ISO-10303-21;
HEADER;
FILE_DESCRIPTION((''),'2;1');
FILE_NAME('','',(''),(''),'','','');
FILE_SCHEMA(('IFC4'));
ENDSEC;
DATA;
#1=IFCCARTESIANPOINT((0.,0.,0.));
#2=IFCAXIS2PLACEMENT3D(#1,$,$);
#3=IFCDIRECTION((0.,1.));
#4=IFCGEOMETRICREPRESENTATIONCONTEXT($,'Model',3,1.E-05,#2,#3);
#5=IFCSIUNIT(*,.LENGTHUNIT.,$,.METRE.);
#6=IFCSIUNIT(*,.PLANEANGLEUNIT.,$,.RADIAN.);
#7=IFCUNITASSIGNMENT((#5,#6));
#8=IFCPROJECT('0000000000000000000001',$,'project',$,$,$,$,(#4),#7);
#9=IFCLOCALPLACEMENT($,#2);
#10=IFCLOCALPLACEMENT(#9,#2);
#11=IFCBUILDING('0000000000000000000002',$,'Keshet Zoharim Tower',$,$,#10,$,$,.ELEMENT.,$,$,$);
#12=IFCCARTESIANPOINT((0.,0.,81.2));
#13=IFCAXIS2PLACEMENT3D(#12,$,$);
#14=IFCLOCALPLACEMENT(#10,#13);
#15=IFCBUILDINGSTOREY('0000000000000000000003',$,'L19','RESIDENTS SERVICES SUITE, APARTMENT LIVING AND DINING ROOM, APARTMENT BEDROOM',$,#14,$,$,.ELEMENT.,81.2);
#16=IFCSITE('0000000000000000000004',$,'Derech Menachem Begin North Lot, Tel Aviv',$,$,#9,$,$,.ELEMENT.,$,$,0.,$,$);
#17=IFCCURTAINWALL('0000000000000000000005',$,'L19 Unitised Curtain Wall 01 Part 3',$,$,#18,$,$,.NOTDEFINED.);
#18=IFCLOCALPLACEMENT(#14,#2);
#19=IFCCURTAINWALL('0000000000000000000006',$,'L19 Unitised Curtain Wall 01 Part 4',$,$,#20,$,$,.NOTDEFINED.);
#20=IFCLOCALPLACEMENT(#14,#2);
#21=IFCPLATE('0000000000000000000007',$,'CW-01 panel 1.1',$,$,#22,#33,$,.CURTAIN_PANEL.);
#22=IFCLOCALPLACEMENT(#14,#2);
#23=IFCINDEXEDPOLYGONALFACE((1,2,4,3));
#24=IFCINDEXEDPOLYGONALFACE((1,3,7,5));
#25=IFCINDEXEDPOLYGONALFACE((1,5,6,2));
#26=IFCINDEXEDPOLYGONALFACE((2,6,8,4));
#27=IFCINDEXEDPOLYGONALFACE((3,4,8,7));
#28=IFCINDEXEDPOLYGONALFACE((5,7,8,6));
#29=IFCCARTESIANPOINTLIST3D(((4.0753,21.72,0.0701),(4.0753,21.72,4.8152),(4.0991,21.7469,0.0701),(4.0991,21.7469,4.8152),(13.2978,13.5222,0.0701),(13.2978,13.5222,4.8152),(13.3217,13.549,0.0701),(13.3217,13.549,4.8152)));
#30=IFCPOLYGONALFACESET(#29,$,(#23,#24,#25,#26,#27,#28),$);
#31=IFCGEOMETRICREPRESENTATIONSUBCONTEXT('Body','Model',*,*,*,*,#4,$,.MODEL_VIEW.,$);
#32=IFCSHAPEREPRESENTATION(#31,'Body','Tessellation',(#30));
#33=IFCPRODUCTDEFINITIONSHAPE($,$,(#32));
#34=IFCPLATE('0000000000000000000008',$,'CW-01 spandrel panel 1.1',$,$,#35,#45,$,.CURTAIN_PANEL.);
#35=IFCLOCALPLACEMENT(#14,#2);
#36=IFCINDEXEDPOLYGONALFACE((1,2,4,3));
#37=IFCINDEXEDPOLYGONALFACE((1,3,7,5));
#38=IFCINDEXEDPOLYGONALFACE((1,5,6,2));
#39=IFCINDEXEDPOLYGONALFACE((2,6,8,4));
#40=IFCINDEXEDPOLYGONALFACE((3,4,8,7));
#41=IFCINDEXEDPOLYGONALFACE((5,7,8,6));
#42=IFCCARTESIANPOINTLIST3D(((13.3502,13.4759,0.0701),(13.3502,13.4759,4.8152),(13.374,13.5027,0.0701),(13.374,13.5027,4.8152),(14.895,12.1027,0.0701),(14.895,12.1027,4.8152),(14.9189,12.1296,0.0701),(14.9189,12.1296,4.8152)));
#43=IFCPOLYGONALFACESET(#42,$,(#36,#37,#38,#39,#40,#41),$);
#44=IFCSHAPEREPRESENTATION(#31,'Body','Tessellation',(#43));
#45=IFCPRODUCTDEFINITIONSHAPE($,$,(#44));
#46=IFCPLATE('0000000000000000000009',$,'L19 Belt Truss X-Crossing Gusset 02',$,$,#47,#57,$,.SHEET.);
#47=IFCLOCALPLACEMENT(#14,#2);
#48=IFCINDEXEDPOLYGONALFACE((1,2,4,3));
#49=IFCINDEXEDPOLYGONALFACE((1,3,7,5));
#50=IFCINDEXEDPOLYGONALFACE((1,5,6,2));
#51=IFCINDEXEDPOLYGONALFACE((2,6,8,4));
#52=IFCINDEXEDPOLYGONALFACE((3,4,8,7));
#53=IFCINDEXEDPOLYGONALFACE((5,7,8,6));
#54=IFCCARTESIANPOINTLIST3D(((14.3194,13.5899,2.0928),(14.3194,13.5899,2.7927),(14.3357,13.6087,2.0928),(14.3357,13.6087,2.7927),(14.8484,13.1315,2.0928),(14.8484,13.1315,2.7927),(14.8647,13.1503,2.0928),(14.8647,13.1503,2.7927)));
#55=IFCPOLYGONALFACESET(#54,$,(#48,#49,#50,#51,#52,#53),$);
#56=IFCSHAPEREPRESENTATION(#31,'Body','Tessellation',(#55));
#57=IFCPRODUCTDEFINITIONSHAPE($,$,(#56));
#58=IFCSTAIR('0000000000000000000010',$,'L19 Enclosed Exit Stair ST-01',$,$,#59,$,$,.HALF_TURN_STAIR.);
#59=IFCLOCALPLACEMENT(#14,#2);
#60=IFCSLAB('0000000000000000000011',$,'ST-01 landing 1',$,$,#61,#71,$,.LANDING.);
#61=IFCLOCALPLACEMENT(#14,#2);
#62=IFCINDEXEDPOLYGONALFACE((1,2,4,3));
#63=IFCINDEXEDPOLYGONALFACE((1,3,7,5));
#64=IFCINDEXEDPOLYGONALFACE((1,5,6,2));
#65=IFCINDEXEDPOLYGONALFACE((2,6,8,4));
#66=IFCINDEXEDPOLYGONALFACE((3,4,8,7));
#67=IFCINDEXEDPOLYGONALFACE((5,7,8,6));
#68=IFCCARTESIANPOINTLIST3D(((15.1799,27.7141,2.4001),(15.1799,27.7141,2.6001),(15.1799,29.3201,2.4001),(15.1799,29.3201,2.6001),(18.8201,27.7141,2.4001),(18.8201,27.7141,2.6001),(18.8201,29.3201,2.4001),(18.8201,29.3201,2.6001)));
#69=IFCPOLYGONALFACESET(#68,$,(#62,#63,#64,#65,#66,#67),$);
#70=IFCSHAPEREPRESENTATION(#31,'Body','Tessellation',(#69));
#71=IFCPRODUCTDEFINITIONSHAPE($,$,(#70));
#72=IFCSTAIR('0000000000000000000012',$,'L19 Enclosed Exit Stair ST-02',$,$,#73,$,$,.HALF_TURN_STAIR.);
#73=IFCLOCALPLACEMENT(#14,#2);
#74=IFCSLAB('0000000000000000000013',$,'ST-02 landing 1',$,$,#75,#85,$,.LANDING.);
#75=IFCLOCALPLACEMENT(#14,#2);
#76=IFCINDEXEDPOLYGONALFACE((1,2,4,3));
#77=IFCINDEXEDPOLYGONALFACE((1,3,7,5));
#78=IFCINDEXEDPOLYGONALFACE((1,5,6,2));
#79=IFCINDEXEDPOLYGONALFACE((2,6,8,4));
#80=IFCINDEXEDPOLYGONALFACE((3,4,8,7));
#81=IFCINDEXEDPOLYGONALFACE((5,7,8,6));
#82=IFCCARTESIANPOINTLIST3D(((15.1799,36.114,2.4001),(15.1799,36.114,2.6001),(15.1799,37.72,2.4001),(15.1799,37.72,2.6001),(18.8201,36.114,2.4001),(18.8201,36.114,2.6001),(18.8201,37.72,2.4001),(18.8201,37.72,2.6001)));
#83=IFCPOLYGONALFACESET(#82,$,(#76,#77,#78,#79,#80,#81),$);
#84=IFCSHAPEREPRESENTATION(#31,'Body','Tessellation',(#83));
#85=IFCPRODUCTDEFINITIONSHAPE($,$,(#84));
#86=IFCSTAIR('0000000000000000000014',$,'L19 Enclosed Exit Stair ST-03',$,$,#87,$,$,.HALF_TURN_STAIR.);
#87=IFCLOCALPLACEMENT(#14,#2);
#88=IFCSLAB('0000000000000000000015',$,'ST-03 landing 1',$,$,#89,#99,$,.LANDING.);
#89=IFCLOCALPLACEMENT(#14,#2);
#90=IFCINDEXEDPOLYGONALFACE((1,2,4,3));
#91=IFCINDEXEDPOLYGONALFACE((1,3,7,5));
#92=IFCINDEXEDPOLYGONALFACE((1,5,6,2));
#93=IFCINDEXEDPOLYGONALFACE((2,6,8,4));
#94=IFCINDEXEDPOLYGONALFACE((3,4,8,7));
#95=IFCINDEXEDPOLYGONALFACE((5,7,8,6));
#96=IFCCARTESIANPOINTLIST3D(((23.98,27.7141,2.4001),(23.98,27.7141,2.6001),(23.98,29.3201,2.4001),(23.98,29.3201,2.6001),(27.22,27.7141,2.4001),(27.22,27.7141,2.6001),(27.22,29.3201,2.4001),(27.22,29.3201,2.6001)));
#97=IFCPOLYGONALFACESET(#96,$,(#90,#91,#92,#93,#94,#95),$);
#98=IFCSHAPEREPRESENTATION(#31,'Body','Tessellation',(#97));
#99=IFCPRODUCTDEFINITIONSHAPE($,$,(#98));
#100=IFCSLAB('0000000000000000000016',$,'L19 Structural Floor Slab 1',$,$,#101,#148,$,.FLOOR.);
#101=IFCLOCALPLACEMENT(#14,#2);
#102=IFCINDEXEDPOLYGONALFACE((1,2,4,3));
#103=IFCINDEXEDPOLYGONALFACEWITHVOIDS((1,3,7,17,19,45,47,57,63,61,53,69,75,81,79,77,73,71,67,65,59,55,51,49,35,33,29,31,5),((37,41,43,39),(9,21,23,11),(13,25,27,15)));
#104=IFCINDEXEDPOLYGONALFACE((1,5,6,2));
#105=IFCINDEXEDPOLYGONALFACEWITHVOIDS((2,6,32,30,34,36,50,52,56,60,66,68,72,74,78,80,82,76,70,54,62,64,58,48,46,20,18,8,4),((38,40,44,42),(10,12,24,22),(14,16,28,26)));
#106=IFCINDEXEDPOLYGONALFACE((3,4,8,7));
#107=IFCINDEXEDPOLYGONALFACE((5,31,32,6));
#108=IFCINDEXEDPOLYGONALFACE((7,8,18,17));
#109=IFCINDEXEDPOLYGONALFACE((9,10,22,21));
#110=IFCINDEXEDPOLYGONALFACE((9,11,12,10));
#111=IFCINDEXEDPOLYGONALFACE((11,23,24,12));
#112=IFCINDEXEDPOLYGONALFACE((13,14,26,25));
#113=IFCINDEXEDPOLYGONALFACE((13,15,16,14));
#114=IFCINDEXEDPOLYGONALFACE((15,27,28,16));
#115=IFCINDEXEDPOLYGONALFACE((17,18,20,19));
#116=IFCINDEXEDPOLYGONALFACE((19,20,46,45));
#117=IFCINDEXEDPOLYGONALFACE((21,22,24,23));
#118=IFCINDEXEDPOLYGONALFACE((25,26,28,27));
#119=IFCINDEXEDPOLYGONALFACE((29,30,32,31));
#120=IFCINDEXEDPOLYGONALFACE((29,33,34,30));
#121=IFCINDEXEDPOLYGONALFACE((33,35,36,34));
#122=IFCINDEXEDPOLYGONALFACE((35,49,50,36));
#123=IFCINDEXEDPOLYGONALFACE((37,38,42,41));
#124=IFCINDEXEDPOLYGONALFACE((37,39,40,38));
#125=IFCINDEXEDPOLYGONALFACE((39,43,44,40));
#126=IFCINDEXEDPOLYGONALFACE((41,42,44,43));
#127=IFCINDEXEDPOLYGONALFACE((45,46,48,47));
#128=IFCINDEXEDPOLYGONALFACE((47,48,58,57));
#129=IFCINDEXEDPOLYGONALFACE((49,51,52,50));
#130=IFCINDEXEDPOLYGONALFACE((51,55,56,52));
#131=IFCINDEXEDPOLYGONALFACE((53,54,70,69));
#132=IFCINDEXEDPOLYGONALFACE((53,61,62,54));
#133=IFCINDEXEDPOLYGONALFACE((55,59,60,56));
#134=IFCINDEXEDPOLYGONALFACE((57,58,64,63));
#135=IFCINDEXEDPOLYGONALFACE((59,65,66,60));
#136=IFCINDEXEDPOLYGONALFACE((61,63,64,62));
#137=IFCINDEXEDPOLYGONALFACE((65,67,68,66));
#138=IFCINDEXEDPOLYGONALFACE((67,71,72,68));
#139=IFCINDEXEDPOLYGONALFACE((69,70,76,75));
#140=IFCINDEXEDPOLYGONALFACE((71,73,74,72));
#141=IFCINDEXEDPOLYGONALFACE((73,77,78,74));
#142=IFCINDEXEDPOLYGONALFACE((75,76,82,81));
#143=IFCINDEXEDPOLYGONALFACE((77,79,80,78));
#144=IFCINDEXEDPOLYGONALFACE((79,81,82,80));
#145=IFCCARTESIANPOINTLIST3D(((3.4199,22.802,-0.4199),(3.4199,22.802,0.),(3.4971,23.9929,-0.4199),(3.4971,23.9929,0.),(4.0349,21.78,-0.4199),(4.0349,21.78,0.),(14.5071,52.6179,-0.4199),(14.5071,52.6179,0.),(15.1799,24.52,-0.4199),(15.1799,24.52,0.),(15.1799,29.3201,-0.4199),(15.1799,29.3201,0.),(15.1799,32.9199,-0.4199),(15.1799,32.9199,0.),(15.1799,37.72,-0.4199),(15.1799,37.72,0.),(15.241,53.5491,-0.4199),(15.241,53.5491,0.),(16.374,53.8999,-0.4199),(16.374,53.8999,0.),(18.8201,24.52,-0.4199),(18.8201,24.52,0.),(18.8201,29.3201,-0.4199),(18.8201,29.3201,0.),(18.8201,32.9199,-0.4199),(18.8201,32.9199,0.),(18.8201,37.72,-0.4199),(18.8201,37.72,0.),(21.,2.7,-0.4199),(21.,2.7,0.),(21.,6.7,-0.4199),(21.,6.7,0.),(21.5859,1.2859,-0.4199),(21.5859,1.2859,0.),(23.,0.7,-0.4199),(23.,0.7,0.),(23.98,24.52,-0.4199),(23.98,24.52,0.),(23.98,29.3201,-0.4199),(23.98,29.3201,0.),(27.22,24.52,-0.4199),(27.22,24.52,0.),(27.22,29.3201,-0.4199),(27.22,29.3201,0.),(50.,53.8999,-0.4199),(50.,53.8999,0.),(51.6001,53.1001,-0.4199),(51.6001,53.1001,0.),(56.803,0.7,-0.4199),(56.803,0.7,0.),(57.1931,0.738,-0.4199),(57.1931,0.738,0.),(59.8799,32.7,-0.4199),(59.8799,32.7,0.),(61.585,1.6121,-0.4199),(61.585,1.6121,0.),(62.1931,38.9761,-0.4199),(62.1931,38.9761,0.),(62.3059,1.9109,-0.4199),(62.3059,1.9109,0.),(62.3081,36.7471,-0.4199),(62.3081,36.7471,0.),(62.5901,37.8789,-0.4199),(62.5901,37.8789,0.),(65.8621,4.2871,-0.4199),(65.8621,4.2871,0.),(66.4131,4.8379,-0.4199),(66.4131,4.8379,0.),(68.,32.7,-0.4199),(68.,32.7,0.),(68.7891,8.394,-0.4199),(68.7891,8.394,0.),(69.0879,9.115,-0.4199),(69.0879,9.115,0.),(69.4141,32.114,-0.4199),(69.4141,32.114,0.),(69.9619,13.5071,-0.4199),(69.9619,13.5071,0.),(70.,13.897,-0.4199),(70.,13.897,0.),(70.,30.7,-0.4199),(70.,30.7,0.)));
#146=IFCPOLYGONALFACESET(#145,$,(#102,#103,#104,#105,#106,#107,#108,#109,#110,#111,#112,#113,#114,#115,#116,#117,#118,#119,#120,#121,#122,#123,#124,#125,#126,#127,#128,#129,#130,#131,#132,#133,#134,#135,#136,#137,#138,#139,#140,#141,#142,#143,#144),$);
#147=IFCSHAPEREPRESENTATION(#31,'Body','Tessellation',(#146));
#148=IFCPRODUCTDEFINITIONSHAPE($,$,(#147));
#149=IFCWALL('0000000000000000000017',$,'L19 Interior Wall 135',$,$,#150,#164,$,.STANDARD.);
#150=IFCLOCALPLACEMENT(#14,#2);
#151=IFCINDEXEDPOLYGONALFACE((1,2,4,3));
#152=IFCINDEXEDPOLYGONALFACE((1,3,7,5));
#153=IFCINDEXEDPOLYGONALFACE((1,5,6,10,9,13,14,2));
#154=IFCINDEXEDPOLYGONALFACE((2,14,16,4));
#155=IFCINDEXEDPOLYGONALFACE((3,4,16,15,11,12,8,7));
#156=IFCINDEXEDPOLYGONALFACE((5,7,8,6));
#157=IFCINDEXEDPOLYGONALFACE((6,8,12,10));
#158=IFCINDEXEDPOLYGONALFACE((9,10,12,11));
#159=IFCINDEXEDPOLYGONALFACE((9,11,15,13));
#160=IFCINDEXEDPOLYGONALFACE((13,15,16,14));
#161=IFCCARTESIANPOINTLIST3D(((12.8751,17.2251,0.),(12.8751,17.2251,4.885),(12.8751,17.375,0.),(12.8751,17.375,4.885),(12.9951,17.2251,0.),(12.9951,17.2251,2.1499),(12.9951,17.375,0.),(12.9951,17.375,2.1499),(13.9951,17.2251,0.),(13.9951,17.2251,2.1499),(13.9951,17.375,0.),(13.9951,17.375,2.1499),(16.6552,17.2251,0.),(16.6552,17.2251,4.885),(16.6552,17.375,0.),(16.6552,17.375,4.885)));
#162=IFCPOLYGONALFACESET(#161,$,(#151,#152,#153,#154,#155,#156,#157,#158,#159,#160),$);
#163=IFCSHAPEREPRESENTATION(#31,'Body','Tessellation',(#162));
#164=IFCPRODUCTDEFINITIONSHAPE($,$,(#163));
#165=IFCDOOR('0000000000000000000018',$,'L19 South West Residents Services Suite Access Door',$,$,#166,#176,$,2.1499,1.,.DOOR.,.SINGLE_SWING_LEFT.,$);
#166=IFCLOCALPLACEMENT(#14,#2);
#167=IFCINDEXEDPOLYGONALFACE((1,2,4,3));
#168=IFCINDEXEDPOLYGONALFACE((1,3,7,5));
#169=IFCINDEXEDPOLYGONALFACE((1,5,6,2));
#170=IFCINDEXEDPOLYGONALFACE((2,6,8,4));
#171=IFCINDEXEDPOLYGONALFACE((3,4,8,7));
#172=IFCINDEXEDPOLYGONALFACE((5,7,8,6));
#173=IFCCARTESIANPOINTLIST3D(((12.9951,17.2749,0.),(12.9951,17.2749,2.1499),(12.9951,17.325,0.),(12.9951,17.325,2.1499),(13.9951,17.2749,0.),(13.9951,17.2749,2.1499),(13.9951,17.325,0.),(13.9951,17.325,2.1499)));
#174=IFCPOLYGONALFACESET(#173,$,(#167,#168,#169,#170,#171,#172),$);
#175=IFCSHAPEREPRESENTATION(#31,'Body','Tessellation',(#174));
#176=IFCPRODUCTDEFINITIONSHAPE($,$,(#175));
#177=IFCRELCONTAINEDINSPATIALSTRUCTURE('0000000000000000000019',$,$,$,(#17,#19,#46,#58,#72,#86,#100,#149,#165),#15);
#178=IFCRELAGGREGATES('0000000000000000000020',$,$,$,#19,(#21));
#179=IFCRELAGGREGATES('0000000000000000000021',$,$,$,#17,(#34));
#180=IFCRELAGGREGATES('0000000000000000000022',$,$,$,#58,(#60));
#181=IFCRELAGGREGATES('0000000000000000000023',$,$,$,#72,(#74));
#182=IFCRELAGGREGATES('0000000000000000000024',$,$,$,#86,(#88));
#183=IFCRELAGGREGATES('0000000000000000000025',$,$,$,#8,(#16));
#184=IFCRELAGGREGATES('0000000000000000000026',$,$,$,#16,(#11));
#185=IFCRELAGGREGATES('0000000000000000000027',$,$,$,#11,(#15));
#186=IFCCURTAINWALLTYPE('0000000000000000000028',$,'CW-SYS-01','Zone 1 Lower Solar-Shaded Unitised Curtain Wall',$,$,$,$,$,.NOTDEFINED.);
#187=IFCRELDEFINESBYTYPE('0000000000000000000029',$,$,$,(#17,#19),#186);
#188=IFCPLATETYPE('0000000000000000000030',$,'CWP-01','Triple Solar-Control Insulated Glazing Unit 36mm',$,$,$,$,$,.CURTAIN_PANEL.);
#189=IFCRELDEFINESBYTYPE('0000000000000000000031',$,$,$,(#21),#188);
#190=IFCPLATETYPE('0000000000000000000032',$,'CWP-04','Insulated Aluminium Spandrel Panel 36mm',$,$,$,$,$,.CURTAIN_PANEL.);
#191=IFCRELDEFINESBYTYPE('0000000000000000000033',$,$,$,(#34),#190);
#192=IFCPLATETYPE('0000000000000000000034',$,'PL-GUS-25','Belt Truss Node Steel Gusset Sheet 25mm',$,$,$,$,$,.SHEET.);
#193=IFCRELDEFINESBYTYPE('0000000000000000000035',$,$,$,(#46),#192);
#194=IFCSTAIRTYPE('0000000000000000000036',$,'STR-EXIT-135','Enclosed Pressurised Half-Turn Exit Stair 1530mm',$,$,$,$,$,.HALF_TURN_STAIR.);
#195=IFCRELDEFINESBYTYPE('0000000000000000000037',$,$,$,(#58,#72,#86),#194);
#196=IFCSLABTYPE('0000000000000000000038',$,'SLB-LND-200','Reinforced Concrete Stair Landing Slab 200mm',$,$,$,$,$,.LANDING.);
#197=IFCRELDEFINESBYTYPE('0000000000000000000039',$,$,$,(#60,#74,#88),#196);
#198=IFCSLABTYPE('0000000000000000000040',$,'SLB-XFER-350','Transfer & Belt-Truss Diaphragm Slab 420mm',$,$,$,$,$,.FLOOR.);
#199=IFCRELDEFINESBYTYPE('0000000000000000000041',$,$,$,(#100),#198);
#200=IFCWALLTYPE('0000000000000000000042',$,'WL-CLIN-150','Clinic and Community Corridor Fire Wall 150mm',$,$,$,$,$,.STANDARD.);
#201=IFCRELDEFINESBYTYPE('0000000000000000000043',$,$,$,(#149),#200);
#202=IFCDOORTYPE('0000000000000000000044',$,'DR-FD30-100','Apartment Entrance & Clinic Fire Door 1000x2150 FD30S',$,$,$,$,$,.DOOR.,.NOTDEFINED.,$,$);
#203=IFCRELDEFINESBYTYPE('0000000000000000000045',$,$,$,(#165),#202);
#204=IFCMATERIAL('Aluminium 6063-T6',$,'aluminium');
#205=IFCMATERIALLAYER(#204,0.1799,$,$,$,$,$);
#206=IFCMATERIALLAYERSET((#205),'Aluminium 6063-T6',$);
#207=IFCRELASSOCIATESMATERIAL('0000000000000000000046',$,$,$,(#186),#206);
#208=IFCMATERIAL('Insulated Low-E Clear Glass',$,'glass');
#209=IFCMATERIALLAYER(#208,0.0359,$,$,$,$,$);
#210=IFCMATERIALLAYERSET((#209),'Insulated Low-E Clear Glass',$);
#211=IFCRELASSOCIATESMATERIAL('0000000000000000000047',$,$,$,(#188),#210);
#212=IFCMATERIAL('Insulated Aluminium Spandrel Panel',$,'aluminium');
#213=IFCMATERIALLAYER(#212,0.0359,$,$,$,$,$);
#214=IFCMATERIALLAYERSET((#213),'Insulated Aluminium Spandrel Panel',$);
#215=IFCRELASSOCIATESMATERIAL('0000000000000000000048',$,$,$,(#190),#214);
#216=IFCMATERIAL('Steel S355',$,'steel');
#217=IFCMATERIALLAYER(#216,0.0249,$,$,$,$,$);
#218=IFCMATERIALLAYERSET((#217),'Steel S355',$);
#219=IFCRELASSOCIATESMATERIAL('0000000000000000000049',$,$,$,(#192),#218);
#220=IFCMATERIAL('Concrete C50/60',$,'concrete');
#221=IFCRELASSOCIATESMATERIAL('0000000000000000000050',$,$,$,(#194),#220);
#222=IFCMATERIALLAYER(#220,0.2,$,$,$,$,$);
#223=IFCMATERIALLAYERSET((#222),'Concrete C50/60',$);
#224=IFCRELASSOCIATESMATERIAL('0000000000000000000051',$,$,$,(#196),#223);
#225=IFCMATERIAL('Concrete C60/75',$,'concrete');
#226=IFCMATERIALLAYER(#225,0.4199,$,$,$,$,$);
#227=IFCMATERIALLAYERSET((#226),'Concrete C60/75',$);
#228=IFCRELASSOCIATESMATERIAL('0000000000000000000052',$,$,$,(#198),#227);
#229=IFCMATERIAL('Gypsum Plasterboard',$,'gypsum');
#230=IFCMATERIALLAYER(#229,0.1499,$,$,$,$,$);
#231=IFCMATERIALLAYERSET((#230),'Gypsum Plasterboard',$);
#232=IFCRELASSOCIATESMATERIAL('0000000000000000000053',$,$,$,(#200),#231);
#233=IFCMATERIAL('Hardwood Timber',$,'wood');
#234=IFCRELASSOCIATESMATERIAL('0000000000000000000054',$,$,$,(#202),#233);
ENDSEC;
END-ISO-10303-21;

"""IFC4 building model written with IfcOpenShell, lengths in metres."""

from ifc_helpers import new_model, si_unit, direction, frame, frame_2d, origin, origin_2d, place, context, subcontext, project, spatial, polyline, rectangle, outline, extrude, material, layer, layer_set, type_object, element, fill, aggregate, save


model = new_model("IFC4")

# Units and contexts
model_context = context("Model", 3, precision=1e-05, world=origin(), true_north=direction((0.0, 1.0)))
body_context = subcontext(model_context, "Body", "Model", "MODEL_VIEW")
ifc_project = project(units=[si_unit("LENGTHUNIT", "METRE"), si_unit("PLANEANGLEUNIT", "RADIAN")], contexts=[model_context])

# Site, building, storey
site_placement = place(None, origin())
site = spatial("IfcSite", under=ifc_project, at=site_placement, Name="Derech Menachem Begin North Lot, Tel Aviv", CompositionType="ELEMENT", RefElevation=0.0)
building_placement = place(site_placement, origin())
building = spatial("IfcBuilding", under=site, at=building_placement, Name="Keshet Zoharim Tower", CompositionType="ELEMENT")
storey_placement = place(building_placement, frame((0.0, 0.0, 81.2)))
storey = spatial("IfcBuildingStorey", under=building, at=storey_placement, Name="L19", Description="RESIDENTS SERVICES SUITE, APARTMENT LIVING AND DINING ROOM, APARTMENT BEDROOM", CompositionType="ELEMENT", Elevation=81.2)

# Shared definitions
ifc_material_1 = material(Name="Steel S355", Category="steel")

# Shared definitions
ifc_material_2 = material(Name="Aluminium 6063-T6", Category="aluminium")
ifc_layer_1 = layer(ifc_material_2, 0.1799)
ifc_layer_set_1 = layer_set([ifc_layer_1], Name="Aluminium 6063-T6")
curtain_wall_type = type_object("IfcCurtainWallType", Name="CW-SYS-01", Description="Zone 1 Lower Solar-Shaded Unitised Curtain Wall", PredefinedType="NOTDEFINED", material=ifc_layer_set_1)

# Curtain walls
curtain_wall_1_placement = place(storey_placement, origin())
curtain_wall_1 = element("IfcCurtainWall", 1, at=curtain_wall_1_placement, inside=storey, type_object=curtain_wall_type, Name="L19 Unitised Curtain Wall 01 Part 3", PredefinedType="NOTDEFINED")
curtain_wall_2_placement = place(storey_placement, origin())
curtain_wall_2 = element("IfcCurtainWall", 2, at=curtain_wall_2_placement, inside=storey, type_object=curtain_wall_type, Name="L19 Unitised Curtain Wall 01 Part 4", PredefinedType="NOTDEFINED")

# Plates
ifc_material_3 = material(Name="Insulated Low-E Clear Glass", Category="glass")
ifc_layer_2 = layer(ifc_material_3, 0.0359)
ifc_layer_set_2 = layer_set([ifc_layer_2], Name="Insulated Low-E Clear Glass")
plate_type_1 = type_object("IfcPlateType", Name="CWP-01", Description="Triple Solar-Control Insulated Glazing Unit 36mm", PredefinedType="CURTAIN_PANEL", material=ifc_layer_set_2)
plate_1_placement = place(storey_placement, frame((8.6985, 17.6345, 0.0701), z_axis=(0.0, 0.0, 1.0), x_axis=(-0.747408, 0.664365, 0.0)))
plate_1 = element("IfcPlate", 3, at=plate_1_placement, type_object=plate_type_1, Name="CW-01 panel 1.1", PredefinedType="CURTAIN_PANEL", context=body_context, shape_type="SweptSolid", body=[
    extrude(rectangle(XDim=12.3394, YDim=0.0359, at=origin_2d()), origin(), (0.0, 0.0, 1.0), 4.7451),
])
aggregate(curtain_wall_2, [plate_1])
ifc_material_4 = material(Name="Insulated Aluminium Spandrel Panel", Category="aluminium")
ifc_layer_3 = layer(ifc_material_4, 0.0359)
ifc_layer_set_3 = layer_set([ifc_layer_3], Name="Insulated Aluminium Spandrel Panel")
plate_type_2 = type_object("IfcPlateType", Name="CWP-04", Description="Insulated Aluminium Spandrel Panel 36mm", PredefinedType="CURTAIN_PANEL", material=ifc_layer_set_3)
plate_2_placement = place(storey_placement, frame((14.1345, 12.8027, 0.0701), z_axis=(0.0, 0.0, 1.0), x_axis=(-0.74742, 0.664352, 0.0)))
plate_2 = element("IfcPlate", 4, at=plate_2_placement, type_object=plate_type_2, Name="CW-01 spandrel panel 1.1", PredefinedType="CURTAIN_PANEL", context=body_context, shape_type="SweptSolid", body=[
    extrude(rectangle(XDim=2.0669, YDim=0.0359, at=origin_2d()), origin(), (0.0, 0.0, 1.0), 4.7451),
])
aggregate(curtain_wall_1, [plate_2])
ifc_layer_4 = layer(ifc_material_1, 0.0249)
ifc_layer_set_4 = layer_set([ifc_layer_4], Name="Steel S355")
plate_type_3 = type_object("IfcPlateType", Name="PL-GUS-25", Description="Belt Truss Node Steel Gusset Sheet 25mm", PredefinedType="SHEET", material=ifc_layer_set_4)
plate_3_placement = place(storey_placement, frame((14.592, 13.3701, 2.0928), z_axis=(0.0, 0.0, 1.0), x_axis=(-0.755689, 0.654931, 0.0)))
element("IfcPlate", 5, at=plate_3_placement, inside=storey, type_object=plate_type_3, Name="L19 Belt Truss X-Crossing Gusset 02", PredefinedType="SHEET", context=body_context, shape_type="SweptSolid", body=[
    extrude(rectangle(XDim=0.7, YDim=0.0249, at=origin_2d()), origin(), (0.0, 0.0, 1.0), 0.7),
])

# Stairs, slabs
ifc_material_5 = material(Name="Concrete C50/60", Category="concrete")
stair_type = type_object("IfcStairType", Name="STR-EXIT-135", Description="Enclosed Pressurised Half-Turn Exit Stair 1530mm", PredefinedType="HALF_TURN_STAIR", material=ifc_material_5)
stair_1_placement = place(storey_placement, origin())
stair_1 = element("IfcStair", 6, at=stair_1_placement, inside=storey, type_object=stair_type, Name="L19 Enclosed Exit Stair ST-01", PredefinedType="HALF_TURN_STAIR")
ifc_layer_5 = layer(ifc_material_5, 0.2)
ifc_layer_set_5 = layer_set([ifc_layer_5], Name="Concrete C50/60")
slab_type_1 = type_object("IfcSlabType", Name="SLB-LND-200", Description="Reinforced Concrete Stair Landing Slab 200mm", PredefinedType="LANDING", material=ifc_layer_set_5)
slab_1_placement = place(storey_placement, frame((0.0, 0.0, 2.4001)))
slab_1 = element("IfcSlab", 7, at=slab_1_placement, type_object=slab_type_1, Name="ST-01 landing 1", PredefinedType="LANDING", context=body_context, shape_type="SweptSolid", body=[
    extrude(outline(polyline([(15.1799, 27.7141), (18.8201, 27.7141), (18.8201, 29.3201), (15.1799, 29.3201), (15.1799, 27.7141)])), origin(), (0.0, 0.0, 1.0), 0.2),
])
aggregate(stair_1, [slab_1])
stair_2_placement = place(storey_placement, origin())
stair_2 = element("IfcStair", 8, at=stair_2_placement, inside=storey, type_object=stair_type, Name="L19 Enclosed Exit Stair ST-02", PredefinedType="HALF_TURN_STAIR")
slab_2_placement = place(storey_placement, frame((0.0, 0.0, 2.4001)))
slab_2 = element("IfcSlab", 9, at=slab_2_placement, type_object=slab_type_1, Name="ST-02 landing 1", PredefinedType="LANDING", context=body_context, shape_type="SweptSolid", body=[
    extrude(outline(polyline([(15.1799, 36.114), (18.8201, 36.114), (18.8201, 37.72), (15.1799, 37.72), (15.1799, 36.114)])), origin(), (0.0, 0.0, 1.0), 0.2),
])
aggregate(stair_2, [slab_2])
stair_3_placement = place(storey_placement, origin())
stair_3 = element("IfcStair", 10, at=stair_3_placement, inside=storey, type_object=stair_type, Name="L19 Enclosed Exit Stair ST-03", PredefinedType="HALF_TURN_STAIR")
slab_3_placement = place(storey_placement, frame((0.0, 0.0, 2.4001)))
slab_3 = element("IfcSlab", 11, at=slab_3_placement, type_object=slab_type_1, Name="ST-03 landing 1", PredefinedType="LANDING", context=body_context, shape_type="SweptSolid", body=[
    extrude(outline(polyline([(23.98, 27.7141), (27.22, 27.7141), (27.22, 29.3201), (23.98, 29.3201), (23.98, 27.7141)])), origin(), (0.0, 0.0, 1.0), 0.2),
])
aggregate(stair_3, [slab_3])

# Slab
ifc_material_6 = material(Name="Concrete C60/75", Category="concrete")
ifc_layer_6 = layer(ifc_material_6, 0.4199)
ifc_layer_set_6 = layer_set([ifc_layer_6], Name="Concrete C60/75")
slab_type_2 = type_object("IfcSlabType", Name="SLB-XFER-350", Description="Transfer & Belt-Truss Diaphragm Slab 420mm", PredefinedType="FLOOR", material=ifc_layer_set_6)
slab_4_placement = place(storey_placement, frame((0.0, 0.0, -0.4199)))
element("IfcSlab", 12, at=slab_4_placement, inside=storey, type_object=slab_type_2, Name="L19 Structural Floor Slab 1", PredefinedType="FLOOR", context=body_context, shape_type="SweptSolid", body=[
    extrude(outline(polyline([(21.0, 6.7), (4.0349, 21.78), (3.4199, 22.802), (3.4971, 23.9929), (14.5071, 52.6179), (15.241, 53.5491), (16.374, 53.8999), (50.0, 53.8999), (51.6001, 53.1001), (62.1931, 38.9761), (62.5901, 37.8789), (62.3081, 36.7471), (59.8799, 32.7), (68.0, 32.7), (69.4141, 32.114), (70.0, 30.7), (70.0, 13.897), (69.9619, 13.5071), (69.0879, 9.115), (68.7891, 8.394), (66.4131, 4.8379), (65.8621, 4.2871), (62.3059, 1.9109), (61.585, 1.6121), (57.1931, 0.738), (56.803, 0.7), (23.0, 0.7), (21.5859, 1.2859), (21.0, 2.7), (21.0, 6.7)]), holes=[polyline([(15.1799, 24.52), (18.8201, 24.52), (18.8201, 29.3201), (15.1799, 29.3201), (15.1799, 24.52)]), polyline([(15.1799, 32.9199), (18.8201, 32.9199), (18.8201, 37.72), (15.1799, 37.72), (15.1799, 32.9199)]), polyline([(23.98, 24.52), (27.22, 24.52), (27.22, 29.3201), (23.98, 29.3201), (23.98, 24.52)])]), origin(), (0.0, 0.0, 1.0), 0.4199),
])

# Wall, opening, door
ifc_material_7 = material(Name="Gypsum Plasterboard", Category="gypsum")
ifc_layer_7 = layer(ifc_material_7, 0.1499)
ifc_layer_set_7 = layer_set([ifc_layer_7], Name="Gypsum Plasterboard")
wall_type_1 = type_object("IfcWallType", Name="WL-CLIN-150", Description="Clinic and Community Corridor Fire Wall 150mm", PredefinedType="STANDARD", material=ifc_layer_set_7)
wall_1_placement = place(storey_placement, frame((12.875, 17.3, 0.0), z_axis=(0.0, 0.0, 1.0), x_axis=(1.0, 0.0, 0.0)))
wall_1 = element("IfcWall", 13, at=wall_1_placement, inside=storey, type_object=wall_type_1, Name="L19 Interior Wall 135", PredefinedType="STANDARD", context=body_context, shape_type="SweptSolid", body=[
    extrude(rectangle(XDim=3.78, YDim=0.1499, at=frame_2d((1.8901, 0.0))), origin(), (0.0, 0.0, 1.0), 4.885),
])
opening_1_placement = place(wall_1_placement, frame((0.1201, 0.0, 0.0)))
opening_1 = element("IfcOpeningElement", 14, at=opening_1_placement, cuts=wall_1, PredefinedType="OPENING", context=body_context, shape_type="SweptSolid", body=[
    extrude(rectangle(XDim=1.0, YDim=2.1499, at=frame_2d((0.5, 1.075))), frame((0.0, 0.085, 0.0), z_axis=(0.0, -1.0, 0.0), x_axis=(1.0, 0.0, 0.0)), (0.0, 0.0, 1.0), 0.1699),
])
ifc_material_8 = material(Name="Hardwood Timber", Category="wood")
door_type = type_object("IfcDoorType", Name="DR-FD30-100", Description="Apartment Entrance & Clinic Fire Door 1000x2150 FD30S", OperationType="NOTDEFINED", PredefinedType="DOOR", material=ifc_material_8)
door_1_placement = place(opening_1_placement, origin())
door_1 = element("IfcDoor", 15, at=door_1_placement, inside=storey, type_object=door_type, Name="L19 South West Residents Services Suite Access Door", OperationType="SINGLE_SWING_LEFT", OverallHeight=2.1499, OverallWidth=1.0, PredefinedType="DOOR", context=body_context, shape_type="SweptSolid", body=[
    extrude(rectangle(XDim=1.0, YDim=2.1499, at=frame_2d((0.5, 1.075))), frame((0.0, 0.0249, 0.0), z_axis=(0.0, -1.0, 0.0), x_axis=(1.0, 0.0, 0.0)), (0.0, 0.0, 1.0), 0.05),
])
fill(opening_1, door_1)

save(model, "model.ifc")
